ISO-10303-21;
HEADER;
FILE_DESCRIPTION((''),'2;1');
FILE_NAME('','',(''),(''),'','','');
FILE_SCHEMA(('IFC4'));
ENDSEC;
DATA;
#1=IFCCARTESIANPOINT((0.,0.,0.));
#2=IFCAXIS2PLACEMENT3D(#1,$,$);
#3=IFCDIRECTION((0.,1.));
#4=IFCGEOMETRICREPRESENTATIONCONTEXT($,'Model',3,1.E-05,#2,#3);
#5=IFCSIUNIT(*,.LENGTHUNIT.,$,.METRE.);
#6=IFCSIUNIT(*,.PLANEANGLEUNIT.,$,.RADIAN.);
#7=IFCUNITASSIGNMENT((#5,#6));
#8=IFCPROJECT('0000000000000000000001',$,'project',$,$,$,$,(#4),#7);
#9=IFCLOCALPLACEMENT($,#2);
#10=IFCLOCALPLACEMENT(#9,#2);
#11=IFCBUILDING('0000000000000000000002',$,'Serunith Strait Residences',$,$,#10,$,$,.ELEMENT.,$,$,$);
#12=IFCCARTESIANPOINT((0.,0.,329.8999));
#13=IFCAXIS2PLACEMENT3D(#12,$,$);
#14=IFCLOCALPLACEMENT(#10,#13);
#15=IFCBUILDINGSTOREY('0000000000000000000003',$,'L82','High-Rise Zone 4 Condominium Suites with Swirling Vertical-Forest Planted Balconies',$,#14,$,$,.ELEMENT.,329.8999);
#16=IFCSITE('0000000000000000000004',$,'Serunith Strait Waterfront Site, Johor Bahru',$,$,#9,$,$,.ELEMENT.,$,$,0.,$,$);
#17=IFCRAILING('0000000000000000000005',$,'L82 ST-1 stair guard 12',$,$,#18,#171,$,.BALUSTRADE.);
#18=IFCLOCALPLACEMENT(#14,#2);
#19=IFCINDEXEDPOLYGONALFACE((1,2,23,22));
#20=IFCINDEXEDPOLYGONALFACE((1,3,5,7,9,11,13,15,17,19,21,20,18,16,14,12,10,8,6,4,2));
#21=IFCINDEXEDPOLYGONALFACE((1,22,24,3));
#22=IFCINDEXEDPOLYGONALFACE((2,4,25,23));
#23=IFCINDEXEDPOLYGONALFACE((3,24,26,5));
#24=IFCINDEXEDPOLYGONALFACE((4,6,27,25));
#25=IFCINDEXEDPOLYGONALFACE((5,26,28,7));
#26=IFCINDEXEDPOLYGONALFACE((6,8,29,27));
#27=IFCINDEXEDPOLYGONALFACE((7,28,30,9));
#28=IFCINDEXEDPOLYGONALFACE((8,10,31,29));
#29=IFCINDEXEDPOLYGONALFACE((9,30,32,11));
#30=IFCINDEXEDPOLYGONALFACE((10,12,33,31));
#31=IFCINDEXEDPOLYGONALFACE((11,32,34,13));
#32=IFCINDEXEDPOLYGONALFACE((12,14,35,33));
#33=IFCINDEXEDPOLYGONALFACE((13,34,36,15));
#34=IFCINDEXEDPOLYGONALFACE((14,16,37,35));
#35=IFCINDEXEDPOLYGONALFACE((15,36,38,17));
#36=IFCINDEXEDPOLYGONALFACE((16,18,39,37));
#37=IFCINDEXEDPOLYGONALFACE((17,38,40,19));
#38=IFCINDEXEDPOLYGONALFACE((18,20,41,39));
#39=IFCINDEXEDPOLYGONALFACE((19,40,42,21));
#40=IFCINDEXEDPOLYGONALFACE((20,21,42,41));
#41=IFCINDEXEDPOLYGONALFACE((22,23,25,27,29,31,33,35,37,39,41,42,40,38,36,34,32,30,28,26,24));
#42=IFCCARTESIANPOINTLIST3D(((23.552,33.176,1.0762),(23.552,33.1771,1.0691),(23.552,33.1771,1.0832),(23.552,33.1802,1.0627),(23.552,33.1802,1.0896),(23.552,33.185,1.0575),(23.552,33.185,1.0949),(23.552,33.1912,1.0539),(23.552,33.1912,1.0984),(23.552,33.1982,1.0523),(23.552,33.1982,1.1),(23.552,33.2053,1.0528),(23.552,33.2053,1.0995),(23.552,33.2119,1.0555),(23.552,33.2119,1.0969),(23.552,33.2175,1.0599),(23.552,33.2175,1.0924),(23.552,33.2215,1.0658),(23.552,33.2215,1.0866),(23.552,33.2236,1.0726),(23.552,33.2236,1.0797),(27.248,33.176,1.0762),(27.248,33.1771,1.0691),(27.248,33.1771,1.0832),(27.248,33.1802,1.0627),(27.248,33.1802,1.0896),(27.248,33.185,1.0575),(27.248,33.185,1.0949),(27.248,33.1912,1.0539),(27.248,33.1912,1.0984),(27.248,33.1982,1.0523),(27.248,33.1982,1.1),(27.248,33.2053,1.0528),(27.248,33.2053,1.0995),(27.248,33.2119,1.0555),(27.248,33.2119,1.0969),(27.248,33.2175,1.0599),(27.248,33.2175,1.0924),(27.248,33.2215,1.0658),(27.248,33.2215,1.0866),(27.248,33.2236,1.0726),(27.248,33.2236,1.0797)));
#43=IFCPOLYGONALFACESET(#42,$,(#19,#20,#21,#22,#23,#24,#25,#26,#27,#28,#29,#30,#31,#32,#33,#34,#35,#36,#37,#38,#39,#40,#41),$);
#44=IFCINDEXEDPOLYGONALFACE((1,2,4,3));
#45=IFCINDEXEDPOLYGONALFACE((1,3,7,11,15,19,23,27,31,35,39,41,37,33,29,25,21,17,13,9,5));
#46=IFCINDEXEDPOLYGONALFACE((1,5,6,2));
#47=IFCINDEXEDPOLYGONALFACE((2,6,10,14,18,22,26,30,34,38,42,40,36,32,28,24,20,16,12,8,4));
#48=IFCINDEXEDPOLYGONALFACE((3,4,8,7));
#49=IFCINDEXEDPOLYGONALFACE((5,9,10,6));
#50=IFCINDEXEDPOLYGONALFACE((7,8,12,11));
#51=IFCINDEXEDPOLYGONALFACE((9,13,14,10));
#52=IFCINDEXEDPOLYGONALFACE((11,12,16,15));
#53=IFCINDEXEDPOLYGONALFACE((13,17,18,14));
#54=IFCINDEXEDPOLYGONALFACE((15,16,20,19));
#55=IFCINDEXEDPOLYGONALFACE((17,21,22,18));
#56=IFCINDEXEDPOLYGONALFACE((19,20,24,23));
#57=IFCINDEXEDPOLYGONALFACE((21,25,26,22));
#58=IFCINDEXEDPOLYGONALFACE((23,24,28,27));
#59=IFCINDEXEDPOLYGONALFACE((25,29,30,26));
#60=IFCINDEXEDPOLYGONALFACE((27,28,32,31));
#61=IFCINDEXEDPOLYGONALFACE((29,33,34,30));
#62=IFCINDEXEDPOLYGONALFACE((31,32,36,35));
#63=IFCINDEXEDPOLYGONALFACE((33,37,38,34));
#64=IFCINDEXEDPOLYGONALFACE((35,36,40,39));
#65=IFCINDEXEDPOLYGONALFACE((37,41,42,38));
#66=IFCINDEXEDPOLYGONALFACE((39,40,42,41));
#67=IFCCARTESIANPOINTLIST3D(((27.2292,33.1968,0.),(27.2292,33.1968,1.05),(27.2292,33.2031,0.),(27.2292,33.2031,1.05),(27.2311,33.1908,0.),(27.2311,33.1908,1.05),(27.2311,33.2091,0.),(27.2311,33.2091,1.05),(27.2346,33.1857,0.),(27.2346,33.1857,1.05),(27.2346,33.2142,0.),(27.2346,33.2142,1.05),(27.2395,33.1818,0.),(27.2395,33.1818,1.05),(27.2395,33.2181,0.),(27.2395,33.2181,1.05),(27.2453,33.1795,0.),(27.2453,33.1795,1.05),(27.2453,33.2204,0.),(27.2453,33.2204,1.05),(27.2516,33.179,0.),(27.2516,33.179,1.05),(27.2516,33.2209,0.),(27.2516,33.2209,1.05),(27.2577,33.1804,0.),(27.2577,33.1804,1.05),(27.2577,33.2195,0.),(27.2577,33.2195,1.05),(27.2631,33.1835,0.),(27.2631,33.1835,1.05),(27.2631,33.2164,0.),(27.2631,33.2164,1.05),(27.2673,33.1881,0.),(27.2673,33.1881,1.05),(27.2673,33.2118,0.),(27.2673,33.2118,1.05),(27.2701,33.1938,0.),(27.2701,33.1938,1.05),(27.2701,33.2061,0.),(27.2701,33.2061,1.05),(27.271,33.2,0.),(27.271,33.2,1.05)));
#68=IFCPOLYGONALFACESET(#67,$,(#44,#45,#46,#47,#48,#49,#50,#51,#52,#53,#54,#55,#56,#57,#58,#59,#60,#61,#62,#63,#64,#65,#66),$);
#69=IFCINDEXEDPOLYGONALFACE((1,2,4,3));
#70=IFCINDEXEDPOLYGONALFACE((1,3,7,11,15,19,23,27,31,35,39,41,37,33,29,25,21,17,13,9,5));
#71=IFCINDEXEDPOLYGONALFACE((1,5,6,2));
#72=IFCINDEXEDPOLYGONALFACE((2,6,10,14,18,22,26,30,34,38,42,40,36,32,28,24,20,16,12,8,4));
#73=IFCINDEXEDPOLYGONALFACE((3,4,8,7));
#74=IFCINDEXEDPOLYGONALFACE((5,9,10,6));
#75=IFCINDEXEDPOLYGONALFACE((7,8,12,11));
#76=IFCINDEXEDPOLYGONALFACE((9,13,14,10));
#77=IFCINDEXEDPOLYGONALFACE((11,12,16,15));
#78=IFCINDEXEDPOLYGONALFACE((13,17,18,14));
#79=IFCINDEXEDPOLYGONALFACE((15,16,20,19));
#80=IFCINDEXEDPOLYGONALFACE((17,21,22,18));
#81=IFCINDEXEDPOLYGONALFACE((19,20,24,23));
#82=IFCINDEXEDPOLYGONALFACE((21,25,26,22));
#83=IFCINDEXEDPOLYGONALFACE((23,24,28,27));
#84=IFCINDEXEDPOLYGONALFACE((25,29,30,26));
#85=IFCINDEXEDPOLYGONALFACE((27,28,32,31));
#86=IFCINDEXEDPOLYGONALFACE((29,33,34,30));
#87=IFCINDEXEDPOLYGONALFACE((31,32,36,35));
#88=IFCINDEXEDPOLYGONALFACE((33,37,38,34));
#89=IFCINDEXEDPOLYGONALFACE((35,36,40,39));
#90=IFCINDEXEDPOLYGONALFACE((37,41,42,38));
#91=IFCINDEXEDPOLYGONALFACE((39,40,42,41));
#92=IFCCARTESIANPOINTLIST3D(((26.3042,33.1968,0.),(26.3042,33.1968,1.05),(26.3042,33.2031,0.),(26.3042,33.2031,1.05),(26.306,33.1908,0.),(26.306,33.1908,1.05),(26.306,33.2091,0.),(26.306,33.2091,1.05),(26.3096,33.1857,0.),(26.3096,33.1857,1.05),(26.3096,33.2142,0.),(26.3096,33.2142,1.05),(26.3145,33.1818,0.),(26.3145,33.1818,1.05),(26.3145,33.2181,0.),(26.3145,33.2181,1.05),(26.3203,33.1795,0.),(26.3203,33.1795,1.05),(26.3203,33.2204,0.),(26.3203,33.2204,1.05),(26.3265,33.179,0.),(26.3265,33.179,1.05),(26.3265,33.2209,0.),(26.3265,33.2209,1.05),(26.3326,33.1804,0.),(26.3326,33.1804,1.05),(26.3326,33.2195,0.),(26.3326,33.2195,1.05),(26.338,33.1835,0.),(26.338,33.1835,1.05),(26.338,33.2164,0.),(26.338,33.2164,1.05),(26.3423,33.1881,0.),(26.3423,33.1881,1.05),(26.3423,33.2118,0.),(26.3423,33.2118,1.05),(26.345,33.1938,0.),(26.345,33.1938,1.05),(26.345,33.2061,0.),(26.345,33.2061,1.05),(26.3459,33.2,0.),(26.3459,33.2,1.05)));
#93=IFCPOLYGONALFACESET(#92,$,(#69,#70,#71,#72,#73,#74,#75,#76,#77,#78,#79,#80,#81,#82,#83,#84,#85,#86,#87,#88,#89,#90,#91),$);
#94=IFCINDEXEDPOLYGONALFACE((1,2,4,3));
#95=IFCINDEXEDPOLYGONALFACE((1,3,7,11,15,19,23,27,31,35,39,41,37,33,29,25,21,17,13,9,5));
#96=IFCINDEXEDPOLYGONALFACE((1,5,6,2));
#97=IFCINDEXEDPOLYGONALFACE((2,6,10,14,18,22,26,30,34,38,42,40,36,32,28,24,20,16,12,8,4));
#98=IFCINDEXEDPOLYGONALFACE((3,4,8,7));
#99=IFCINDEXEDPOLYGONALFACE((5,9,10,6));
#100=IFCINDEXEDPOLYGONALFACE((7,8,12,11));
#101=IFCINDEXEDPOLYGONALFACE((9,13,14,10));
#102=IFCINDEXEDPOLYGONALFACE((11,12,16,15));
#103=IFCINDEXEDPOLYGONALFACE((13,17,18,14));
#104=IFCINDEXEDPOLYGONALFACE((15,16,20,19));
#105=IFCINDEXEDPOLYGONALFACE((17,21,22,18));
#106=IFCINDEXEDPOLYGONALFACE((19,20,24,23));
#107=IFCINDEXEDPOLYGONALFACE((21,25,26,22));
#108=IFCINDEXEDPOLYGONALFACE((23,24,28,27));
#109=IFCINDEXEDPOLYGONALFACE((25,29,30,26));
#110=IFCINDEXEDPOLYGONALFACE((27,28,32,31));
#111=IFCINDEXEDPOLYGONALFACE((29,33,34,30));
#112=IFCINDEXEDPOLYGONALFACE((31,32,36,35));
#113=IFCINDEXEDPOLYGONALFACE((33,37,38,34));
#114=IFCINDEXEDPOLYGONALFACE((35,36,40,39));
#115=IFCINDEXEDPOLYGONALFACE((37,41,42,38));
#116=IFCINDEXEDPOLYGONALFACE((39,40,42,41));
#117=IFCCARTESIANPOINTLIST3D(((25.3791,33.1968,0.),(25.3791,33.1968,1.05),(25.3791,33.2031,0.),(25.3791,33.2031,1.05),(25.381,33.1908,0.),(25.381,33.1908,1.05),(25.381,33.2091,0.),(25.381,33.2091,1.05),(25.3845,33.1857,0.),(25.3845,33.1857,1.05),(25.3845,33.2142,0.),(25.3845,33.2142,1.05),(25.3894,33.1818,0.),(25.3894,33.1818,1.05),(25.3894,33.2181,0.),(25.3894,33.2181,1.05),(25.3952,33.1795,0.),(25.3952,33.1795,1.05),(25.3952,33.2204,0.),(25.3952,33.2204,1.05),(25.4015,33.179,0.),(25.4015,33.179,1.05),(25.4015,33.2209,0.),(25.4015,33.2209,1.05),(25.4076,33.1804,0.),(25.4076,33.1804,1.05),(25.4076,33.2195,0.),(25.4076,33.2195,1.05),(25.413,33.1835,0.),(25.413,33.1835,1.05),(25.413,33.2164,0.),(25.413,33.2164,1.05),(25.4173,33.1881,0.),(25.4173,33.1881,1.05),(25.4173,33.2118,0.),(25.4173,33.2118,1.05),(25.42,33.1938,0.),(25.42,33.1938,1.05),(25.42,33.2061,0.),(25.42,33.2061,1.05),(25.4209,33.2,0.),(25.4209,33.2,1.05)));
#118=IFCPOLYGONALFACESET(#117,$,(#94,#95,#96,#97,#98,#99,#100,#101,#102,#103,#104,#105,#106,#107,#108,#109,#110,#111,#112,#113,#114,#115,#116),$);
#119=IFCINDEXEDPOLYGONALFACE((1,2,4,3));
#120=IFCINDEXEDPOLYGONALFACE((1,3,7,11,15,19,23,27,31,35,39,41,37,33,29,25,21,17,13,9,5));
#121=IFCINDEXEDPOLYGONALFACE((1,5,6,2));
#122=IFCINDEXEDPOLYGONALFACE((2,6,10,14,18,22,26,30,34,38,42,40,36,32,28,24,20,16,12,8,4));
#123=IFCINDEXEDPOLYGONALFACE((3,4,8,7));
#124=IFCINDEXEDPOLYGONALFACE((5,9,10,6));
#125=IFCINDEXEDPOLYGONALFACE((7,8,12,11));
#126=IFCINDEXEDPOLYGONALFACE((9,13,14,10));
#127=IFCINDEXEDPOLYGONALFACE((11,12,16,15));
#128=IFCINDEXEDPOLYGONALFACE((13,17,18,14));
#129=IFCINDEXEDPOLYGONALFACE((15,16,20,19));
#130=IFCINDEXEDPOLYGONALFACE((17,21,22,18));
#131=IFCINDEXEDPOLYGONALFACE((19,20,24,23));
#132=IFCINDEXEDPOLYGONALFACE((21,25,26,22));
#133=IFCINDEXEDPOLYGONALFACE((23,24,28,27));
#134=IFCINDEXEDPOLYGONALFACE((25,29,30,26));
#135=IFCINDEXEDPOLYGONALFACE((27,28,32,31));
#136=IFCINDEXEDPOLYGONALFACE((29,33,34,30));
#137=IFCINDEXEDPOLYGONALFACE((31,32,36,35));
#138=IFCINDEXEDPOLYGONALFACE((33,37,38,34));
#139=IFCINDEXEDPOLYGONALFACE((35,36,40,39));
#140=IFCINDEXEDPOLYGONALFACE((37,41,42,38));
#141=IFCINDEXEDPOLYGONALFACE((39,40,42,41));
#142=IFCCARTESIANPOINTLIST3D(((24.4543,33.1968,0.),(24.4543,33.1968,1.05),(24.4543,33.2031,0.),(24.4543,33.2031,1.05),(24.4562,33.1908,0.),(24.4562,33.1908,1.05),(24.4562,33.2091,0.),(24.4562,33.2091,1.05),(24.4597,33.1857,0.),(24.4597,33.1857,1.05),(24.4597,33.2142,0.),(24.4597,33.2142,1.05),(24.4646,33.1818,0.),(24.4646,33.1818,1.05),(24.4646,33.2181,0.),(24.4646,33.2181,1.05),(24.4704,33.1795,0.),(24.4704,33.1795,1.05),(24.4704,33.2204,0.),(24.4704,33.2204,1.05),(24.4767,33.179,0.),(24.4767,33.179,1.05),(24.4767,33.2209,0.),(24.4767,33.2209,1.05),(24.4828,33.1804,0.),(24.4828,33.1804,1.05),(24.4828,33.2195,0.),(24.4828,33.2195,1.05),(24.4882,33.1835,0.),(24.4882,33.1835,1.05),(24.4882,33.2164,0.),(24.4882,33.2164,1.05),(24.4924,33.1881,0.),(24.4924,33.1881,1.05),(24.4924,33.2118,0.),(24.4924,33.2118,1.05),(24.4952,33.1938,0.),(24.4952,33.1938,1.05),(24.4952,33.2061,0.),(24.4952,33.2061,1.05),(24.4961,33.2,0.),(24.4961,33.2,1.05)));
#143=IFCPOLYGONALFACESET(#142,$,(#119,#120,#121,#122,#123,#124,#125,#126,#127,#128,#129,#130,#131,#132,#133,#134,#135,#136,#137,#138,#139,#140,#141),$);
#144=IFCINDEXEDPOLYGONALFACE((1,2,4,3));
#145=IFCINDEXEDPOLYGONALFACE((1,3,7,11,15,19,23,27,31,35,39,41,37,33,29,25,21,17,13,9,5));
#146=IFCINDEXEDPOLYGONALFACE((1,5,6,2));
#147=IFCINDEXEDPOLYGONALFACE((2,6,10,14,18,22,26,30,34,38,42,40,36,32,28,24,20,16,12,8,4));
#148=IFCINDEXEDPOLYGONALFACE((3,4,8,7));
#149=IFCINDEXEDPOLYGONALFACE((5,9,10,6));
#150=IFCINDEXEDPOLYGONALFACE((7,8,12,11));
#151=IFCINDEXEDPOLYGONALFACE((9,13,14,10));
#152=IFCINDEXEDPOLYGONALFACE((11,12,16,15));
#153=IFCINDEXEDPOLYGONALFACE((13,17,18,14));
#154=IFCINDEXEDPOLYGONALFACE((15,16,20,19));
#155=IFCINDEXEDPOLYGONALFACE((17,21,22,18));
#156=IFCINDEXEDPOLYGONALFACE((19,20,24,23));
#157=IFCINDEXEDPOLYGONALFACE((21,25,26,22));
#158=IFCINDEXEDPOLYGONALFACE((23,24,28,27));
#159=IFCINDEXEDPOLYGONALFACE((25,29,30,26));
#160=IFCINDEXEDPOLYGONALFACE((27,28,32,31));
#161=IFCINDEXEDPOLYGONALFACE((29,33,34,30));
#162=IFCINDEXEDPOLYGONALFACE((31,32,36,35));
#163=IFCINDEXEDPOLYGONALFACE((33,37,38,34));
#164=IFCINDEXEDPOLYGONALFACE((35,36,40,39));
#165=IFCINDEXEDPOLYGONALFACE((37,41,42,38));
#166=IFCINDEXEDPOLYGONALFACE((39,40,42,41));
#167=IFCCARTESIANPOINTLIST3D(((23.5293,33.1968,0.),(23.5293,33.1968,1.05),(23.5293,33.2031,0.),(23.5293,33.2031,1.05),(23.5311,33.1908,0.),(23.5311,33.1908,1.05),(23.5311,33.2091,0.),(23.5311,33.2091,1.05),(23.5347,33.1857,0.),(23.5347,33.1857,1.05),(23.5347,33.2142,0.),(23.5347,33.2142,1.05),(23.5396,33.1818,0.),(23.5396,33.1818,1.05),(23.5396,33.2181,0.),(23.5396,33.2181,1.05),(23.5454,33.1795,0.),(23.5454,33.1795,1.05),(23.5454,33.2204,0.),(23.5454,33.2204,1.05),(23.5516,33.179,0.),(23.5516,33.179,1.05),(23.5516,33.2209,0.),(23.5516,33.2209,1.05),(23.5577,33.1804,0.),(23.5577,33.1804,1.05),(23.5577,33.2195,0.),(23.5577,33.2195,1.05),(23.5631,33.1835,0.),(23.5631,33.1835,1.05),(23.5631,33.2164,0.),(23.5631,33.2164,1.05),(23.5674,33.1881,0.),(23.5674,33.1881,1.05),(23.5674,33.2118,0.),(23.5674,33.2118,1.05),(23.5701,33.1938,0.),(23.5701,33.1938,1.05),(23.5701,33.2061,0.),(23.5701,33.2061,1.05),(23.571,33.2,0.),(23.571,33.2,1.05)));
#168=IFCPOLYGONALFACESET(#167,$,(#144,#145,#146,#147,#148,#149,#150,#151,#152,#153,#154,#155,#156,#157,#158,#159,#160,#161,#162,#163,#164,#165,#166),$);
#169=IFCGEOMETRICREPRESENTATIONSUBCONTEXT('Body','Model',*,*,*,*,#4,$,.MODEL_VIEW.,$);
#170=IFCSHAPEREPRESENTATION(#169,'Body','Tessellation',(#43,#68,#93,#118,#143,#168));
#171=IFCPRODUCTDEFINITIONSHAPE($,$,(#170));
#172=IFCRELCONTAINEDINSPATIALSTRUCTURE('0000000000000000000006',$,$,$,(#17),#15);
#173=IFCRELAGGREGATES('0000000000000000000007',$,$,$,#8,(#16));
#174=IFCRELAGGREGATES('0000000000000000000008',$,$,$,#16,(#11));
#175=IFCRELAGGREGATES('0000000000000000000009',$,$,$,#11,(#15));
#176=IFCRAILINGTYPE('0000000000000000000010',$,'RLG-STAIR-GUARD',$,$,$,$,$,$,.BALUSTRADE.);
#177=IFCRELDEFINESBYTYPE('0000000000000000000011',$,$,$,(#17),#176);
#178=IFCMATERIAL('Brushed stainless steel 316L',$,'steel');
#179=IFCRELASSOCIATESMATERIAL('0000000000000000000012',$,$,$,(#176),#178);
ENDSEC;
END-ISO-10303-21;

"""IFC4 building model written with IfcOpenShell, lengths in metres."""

from ifc_helpers import new_model, si_unit, direction, frame, origin, origin_2d, place, context, subcontext, project, spatial, circle, extrude, material, type_object, element, save


model = new_model("IFC4")

# Units and contexts
model_context = context("Model", 3, precision=1e-05, world=origin(), true_north=direction((0.0, 1.0)))
body_context = subcontext(model_context, "Body", "Model", "MODEL_VIEW")
ifc_project = project(units=[si_unit("LENGTHUNIT", "METRE"), si_unit("PLANEANGLEUNIT", "RADIAN")], contexts=[model_context])

# Site, building, storey
site_placement = place(None, origin())
site = spatial("IfcSite", under=ifc_project, at=site_placement, Name="Serunith Strait Waterfront Site, Johor Bahru", CompositionType="ELEMENT", RefElevation=0.0)
building_placement = place(site_placement, origin())
building = spatial("IfcBuilding", under=site, at=building_placement, Name="Serunith Strait Residences", CompositionType="ELEMENT")
storey_placement = place(building_placement, frame((0.0, 0.0, 329.8999)))
storey = spatial("IfcBuildingStorey", under=building, at=storey_placement, Name="L82", Description="High-Rise Zone 4 Condominium Suites with Swirling Vertical-Forest Planted Balconies", CompositionType="ELEMENT", Elevation=329.8999)

# Railing
ifc_material_1 = material(Name="Brushed stainless steel 316L", Category="steel")
railing_type_1 = type_object("IfcRailingType", Name="RLG-STAIR-GUARD", PredefinedType="BALUSTRADE", material=ifc_material_1)
railing_1_placement = place(storey_placement, frame((27.25, 33.2, 0.0)))
element("IfcRailing", 1, at=railing_1_placement, inside=storey, type_object=railing_type_1, Name="L82 ST-1 stair guard 12", PredefinedType="BALUSTRADE", context=body_context, shape_type="SweptSolid", body=[
    extrude(circle(Radius=0.0239, at=origin_2d()), frame((-0.002, 0.0, 1.0762), z_axis=(-1.0, 0.0, 0.0), x_axis=(0.0, -1.0, 0.0)), (0.0, 0.0, 1.0), 3.696),
    extrude(circle(Radius=0.021, at=origin_2d()), origin(), (0.0, 0.0, 1.0), 1.05),
    extrude(circle(Radius=0.021, at=origin_2d()), frame((-0.925, 0.0, 0.0)), (0.0, 0.0, 1.0), 1.05),
    extrude(circle(Radius=0.021, at=origin_2d()), frame((-1.8501, 0.0, 0.0)), (0.0, 0.0, 1.0), 1.05),
    extrude(circle(Radius=0.021, at=origin_2d()), frame((-2.7749, 0.0, 0.0)), (0.0, 0.0, 1.0), 1.05),
    extrude(circle(Radius=0.021, at=origin_2d()), frame((-3.7, 0.0, 0.0)), (0.0, 0.0, 1.0), 1.05),
])

save(model, "model.ifc")
